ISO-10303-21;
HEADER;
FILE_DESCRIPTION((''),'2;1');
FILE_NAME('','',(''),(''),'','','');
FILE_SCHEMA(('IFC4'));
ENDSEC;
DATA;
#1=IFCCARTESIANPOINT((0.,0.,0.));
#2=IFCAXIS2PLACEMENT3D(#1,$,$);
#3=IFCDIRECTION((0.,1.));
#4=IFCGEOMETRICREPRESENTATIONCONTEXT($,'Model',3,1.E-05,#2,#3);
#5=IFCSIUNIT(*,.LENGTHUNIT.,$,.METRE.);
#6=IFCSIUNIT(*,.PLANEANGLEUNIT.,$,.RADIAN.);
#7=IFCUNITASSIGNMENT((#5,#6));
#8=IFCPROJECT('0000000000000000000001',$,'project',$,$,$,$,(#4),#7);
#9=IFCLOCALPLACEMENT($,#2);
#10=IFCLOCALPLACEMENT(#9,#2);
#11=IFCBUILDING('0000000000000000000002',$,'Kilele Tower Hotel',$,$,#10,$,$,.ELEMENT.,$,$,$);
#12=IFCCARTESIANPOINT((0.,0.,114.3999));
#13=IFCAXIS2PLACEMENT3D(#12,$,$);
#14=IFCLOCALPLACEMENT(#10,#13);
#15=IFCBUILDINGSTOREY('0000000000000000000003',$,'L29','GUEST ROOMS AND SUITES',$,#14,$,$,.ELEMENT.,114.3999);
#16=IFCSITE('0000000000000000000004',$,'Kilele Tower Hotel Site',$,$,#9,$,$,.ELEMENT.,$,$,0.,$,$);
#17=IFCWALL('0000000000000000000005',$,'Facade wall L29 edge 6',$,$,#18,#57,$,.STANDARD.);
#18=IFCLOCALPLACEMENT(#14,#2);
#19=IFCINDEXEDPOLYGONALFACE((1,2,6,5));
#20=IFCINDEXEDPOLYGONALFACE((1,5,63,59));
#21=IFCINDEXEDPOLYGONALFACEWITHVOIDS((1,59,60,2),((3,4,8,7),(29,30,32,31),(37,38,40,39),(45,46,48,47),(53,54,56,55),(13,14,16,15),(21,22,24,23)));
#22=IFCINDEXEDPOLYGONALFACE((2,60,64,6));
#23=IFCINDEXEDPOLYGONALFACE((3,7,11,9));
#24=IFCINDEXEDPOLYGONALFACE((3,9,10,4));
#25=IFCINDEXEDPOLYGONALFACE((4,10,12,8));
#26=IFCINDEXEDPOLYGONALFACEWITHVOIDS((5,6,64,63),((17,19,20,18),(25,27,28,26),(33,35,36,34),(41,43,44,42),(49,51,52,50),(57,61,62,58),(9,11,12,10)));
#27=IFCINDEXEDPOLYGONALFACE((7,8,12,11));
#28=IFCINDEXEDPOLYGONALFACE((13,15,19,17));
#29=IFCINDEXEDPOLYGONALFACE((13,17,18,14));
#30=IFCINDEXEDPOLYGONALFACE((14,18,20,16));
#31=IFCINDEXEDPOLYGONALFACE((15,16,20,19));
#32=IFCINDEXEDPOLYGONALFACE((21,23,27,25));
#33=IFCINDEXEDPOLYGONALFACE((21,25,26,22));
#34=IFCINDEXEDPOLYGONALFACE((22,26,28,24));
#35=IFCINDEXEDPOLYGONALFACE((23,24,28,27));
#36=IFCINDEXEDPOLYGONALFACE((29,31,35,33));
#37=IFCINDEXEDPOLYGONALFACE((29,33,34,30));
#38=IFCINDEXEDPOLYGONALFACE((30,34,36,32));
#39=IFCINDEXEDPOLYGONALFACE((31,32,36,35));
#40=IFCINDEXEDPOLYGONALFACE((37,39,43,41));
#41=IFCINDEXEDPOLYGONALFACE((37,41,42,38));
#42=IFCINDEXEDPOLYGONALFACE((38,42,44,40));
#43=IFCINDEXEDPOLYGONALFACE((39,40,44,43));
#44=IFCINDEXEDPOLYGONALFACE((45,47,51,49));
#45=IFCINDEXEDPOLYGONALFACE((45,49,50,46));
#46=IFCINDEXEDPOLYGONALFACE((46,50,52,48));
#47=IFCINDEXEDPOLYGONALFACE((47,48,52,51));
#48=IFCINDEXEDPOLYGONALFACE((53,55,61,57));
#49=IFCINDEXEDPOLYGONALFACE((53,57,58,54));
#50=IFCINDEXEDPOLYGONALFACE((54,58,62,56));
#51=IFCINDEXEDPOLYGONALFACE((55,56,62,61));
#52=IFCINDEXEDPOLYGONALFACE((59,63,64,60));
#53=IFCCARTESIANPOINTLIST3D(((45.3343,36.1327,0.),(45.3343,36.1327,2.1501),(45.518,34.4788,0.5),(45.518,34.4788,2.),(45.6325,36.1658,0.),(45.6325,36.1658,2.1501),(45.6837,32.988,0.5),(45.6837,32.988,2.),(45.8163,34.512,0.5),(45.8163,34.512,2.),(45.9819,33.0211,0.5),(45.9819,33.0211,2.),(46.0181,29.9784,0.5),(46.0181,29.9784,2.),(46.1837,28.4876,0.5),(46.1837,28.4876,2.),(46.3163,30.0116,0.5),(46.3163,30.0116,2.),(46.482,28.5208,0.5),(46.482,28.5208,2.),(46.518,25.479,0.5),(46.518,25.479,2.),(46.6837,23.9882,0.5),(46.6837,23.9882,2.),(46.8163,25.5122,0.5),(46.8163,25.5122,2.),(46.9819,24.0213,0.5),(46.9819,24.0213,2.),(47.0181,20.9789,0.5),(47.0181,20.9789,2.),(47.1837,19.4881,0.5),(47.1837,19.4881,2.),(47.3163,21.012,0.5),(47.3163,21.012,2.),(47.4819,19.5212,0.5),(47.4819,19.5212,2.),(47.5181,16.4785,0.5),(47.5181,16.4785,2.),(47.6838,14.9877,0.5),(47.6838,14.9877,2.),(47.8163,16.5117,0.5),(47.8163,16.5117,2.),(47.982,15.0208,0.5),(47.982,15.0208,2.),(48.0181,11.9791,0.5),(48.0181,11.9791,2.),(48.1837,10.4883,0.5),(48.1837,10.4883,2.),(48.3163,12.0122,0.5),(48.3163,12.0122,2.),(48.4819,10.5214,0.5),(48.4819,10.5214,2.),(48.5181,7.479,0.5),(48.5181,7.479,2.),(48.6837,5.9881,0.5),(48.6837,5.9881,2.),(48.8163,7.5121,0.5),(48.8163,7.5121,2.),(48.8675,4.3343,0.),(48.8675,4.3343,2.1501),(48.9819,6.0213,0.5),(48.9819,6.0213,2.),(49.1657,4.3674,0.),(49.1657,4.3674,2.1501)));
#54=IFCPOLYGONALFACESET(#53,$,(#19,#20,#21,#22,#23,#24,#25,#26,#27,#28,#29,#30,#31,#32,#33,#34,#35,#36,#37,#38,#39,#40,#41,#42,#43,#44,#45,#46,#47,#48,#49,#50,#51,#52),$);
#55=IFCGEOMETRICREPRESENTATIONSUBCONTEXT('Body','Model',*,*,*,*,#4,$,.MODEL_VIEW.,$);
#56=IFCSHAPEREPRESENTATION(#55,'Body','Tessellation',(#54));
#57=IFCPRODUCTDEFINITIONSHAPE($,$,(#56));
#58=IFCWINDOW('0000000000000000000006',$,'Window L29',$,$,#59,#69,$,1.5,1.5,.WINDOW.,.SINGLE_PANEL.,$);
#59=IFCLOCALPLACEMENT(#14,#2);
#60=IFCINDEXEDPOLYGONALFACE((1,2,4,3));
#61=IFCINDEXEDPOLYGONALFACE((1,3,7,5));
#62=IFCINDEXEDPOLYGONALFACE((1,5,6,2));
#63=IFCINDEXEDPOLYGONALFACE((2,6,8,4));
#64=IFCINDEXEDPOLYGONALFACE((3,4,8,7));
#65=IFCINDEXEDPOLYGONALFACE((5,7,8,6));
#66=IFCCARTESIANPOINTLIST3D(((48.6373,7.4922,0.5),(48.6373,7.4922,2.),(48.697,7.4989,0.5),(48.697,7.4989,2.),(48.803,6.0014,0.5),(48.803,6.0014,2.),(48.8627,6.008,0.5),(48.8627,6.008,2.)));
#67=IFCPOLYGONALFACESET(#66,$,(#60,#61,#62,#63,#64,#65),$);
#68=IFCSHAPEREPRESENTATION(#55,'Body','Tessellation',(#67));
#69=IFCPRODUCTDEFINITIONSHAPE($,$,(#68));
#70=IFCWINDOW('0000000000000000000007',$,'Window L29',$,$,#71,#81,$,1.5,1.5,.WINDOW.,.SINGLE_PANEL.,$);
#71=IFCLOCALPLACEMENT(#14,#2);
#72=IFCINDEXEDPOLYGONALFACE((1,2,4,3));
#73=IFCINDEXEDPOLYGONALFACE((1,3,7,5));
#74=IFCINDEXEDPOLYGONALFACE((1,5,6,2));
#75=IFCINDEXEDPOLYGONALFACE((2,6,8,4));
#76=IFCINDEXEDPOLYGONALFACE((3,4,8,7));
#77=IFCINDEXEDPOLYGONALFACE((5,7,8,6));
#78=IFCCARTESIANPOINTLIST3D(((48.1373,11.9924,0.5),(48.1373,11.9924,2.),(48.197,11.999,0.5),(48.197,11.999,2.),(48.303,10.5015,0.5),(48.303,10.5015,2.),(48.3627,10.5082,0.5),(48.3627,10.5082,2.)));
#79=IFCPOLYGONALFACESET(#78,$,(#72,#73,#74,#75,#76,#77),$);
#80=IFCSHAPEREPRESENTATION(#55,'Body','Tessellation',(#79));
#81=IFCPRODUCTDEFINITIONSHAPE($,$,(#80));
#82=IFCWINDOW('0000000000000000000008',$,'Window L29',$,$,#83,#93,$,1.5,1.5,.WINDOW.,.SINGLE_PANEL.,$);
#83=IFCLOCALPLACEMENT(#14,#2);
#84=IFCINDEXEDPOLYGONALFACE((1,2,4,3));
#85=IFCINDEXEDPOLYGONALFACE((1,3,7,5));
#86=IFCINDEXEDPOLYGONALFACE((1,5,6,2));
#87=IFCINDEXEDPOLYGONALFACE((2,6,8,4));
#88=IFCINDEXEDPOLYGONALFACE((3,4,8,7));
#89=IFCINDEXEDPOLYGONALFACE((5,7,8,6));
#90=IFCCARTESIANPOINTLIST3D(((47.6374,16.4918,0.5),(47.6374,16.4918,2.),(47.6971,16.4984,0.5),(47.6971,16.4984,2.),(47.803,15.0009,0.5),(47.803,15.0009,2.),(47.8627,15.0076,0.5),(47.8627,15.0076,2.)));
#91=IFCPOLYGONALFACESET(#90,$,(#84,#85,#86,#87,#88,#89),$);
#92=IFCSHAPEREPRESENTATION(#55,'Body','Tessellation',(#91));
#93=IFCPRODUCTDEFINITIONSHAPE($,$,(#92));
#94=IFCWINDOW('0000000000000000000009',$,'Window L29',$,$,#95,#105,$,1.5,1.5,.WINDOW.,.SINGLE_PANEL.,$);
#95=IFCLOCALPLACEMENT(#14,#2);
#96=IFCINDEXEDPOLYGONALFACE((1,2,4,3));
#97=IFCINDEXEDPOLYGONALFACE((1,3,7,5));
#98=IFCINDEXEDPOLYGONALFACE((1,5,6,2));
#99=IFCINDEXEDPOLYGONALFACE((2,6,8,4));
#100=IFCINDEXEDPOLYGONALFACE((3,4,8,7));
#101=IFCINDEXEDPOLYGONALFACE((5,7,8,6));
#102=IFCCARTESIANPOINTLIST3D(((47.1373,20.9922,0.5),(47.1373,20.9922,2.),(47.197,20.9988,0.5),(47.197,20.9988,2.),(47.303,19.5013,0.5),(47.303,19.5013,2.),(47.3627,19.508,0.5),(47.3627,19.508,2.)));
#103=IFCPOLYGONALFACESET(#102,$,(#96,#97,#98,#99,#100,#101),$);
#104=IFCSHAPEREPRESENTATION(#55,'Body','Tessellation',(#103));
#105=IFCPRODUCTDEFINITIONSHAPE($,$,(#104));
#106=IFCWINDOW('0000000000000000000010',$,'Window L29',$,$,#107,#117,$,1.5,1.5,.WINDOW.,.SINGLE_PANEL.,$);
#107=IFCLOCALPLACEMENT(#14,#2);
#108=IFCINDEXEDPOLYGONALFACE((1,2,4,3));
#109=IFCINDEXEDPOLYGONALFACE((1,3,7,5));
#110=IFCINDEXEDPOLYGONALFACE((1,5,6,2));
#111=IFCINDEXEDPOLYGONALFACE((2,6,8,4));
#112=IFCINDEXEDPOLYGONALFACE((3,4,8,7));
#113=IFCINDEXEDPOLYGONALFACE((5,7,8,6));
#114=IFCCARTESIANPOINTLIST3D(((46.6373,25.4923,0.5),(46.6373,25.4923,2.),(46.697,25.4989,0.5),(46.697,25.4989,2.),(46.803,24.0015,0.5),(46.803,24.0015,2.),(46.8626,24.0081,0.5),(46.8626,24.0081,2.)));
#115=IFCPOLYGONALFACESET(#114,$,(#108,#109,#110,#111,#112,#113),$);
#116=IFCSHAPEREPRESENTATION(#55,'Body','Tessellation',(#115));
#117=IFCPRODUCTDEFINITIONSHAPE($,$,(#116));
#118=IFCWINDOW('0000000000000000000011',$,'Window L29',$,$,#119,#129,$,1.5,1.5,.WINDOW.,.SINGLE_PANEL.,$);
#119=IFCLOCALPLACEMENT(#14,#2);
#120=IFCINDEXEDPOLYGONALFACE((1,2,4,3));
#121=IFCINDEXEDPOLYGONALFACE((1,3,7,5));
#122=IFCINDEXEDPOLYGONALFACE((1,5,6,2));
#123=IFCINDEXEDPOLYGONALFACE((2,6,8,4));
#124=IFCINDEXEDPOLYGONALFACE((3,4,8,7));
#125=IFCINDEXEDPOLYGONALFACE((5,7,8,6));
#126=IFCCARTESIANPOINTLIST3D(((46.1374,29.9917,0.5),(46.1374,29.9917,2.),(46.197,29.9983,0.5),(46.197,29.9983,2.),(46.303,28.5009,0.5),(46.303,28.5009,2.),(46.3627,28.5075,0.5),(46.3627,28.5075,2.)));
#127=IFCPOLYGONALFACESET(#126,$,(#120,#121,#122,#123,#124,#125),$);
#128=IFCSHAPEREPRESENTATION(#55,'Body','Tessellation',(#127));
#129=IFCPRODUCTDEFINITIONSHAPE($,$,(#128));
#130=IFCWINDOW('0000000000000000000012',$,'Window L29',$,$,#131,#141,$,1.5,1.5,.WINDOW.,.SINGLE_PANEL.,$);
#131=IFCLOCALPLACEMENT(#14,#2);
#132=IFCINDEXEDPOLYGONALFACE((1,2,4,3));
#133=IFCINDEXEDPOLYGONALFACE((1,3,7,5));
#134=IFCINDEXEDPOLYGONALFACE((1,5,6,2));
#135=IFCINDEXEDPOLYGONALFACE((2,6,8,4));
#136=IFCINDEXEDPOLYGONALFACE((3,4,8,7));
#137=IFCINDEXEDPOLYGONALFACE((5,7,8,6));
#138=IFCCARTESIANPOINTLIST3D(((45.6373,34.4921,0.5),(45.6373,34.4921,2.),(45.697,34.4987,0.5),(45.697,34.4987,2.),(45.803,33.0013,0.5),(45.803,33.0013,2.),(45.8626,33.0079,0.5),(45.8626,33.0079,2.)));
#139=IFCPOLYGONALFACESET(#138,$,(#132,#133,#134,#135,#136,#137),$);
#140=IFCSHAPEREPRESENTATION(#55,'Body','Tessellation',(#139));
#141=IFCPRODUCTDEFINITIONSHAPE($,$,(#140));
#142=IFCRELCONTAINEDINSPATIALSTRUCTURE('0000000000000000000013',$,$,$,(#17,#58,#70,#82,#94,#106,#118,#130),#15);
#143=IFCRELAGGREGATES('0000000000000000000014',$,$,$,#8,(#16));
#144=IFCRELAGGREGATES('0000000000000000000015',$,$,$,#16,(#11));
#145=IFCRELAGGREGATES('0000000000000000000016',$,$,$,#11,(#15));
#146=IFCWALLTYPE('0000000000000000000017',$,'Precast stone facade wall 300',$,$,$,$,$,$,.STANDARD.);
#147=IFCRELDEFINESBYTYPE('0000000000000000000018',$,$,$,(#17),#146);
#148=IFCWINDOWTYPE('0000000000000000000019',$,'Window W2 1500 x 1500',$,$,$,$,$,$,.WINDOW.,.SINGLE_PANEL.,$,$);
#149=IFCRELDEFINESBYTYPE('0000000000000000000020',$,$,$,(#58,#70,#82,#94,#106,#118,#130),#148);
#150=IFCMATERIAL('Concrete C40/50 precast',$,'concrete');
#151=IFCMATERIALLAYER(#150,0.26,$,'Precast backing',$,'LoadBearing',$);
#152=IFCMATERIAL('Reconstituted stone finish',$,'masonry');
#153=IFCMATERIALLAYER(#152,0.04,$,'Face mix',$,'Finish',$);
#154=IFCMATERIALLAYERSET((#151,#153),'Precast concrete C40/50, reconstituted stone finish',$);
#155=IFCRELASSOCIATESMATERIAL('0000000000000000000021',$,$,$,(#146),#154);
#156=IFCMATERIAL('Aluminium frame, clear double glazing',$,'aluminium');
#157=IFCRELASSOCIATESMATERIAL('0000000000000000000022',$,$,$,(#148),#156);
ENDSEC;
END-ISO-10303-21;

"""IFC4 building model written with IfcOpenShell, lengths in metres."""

from ifc_helpers import new_model, si_unit, direction, frame, frame_2d, origin, place, context, subcontext, project, spatial, rectangle, extrude, material, layer, layer_set, type_object, element, fill, save


model = new_model("IFC4")

# Units and contexts
model_context = context("Model", 3, precision=1e-05, world=origin(), true_north=direction((0.0, 1.0)))
body_context = subcontext(model_context, "Body", "Model", "MODEL_VIEW")
ifc_project = project(units=[si_unit("LENGTHUNIT", "METRE"), si_unit("PLANEANGLEUNIT", "RADIAN")], contexts=[model_context])

# Site, building, storey
site_placement = place(None, origin())
site = spatial("IfcSite", under=ifc_project, at=site_placement, Name="Kilele Tower Hotel Site", CompositionType="ELEMENT", RefElevation=0.0)
building_placement = place(site_placement, origin())
building = spatial("IfcBuilding", under=site, at=building_placement, Name="Kilele Tower Hotel", CompositionType="ELEMENT")
storey_placement = place(building_placement, frame((0.0, 0.0, 114.3999)))
storey = spatial("IfcBuildingStorey", under=building, at=storey_placement, Name="L29", Description="GUEST ROOMS AND SUITES", CompositionType="ELEMENT", Elevation=114.3999)

# Shared definitions
ifc_material_1 = material(Name="Concrete C40/50 precast", Category="concrete")
ifc_layer_1 = layer(ifc_material_1, 0.26, Name="Precast backing", Category="LoadBearing")
ifc_material_2 = material(Name="Reconstituted stone finish", Category="masonry")
ifc_layer_2 = layer(ifc_material_2, 0.04, Name="Face mix", Category="Finish")
ifc_layer_set_1 = layer_set([ifc_layer_1, ifc_layer_2], Name="Precast concrete C40/50, reconstituted stone finish")
wall_type_1 = type_object("IfcWallType", Name="Precast stone facade wall 300", PredefinedType="STANDARD", material=ifc_layer_set_1)
ifc_material_3 = material(Name="Aluminium frame, clear double glazing", Category="aluminium")
window_type = type_object("IfcWindowType", Name="Window W2 1500 x 1500", PartitioningType="SINGLE_PANEL", PredefinedType="WINDOW", material=ifc_material_3)

# Wall, openings, windows
wall_1_placement = place(storey_placement, frame((49.0166, 4.3508, 0.0), z_axis=(0.0, 0.0, 1.0), x_axis=(-0.110433, 0.993884, 0.0)))
wall_1 = element("IfcWall", 1, at=wall_1_placement, inside=storey, type_object=wall_type_1, Name="Facade wall L29 edge 6", PredefinedType="STANDARD", context=body_context, shape_type="SweptSolid", body=[
    extrude(rectangle(XDim=31.9941, YDim=0.3, at=frame_2d((15.9971, 0.0))), origin(), (0.0, 0.0, 1.0), 2.1501),
])
opening_1_placement = place(wall_1_placement, frame((1.6641, 0.0, 0.5)))
opening_1 = element("IfcOpeningElement", 2, at=opening_1_placement, cuts=wall_1, PredefinedType="OPENING", context=body_context, shape_type="SweptSolid", body=[
    extrude(rectangle(XDim=1.5, YDim=1.5, at=frame_2d((0.75, 0.75))), frame((0.0, 0.1599, 0.0), z_axis=(0.0, -1.0, 0.0), x_axis=(1.0, 0.0, 0.0)), (0.0, 0.0, 1.0), 0.3201),
])
opening_2_placement = place(wall_1_placement, frame((6.1919, 0.0, 0.5)))
opening_2 = element("IfcOpeningElement", 3, at=opening_2_placement, cuts=wall_1, PredefinedType="OPENING", context=body_context, shape_type="SweptSolid", body=[
    extrude(rectangle(XDim=1.5, YDim=1.5, at=frame_2d((0.75, 0.75))), frame((0.0, 0.1599, 0.0), z_axis=(0.0, -1.0, 0.0), x_axis=(1.0, 0.0, 0.0)), (0.0, 0.0, 1.0), 0.3201),
])
opening_3_placement = place(wall_1_placement, frame((10.719, 0.0, 0.5)))
opening_3 = element("IfcOpeningElement", 4, at=opening_3_placement, cuts=wall_1, PredefinedType="OPENING", context=body_context, shape_type="SweptSolid", body=[
    extrude(rectangle(XDim=1.5, YDim=1.5, at=frame_2d((0.75, 0.75))), frame((0.0, 0.1599, 0.0), z_axis=(0.0, -1.0, 0.0), x_axis=(1.0, 0.0, 0.0)), (0.0, 0.0, 1.0), 0.3201),
])
opening_4_placement = place(wall_1_placement, frame((15.2471, 0.0, 0.5)))
opening_4 = element("IfcOpeningElement", 5, at=opening_4_placement, cuts=wall_1, PredefinedType="OPENING", context=body_context, shape_type="SweptSolid", body=[
    extrude(rectangle(XDim=1.5, YDim=1.5, at=frame_2d((0.75, 0.75))), frame((0.0, 0.1599, 0.0), z_axis=(0.0, -1.0, 0.0), x_axis=(1.0, 0.0, 0.0)), (0.0, 0.0, 1.0), 0.3201),
])
opening_5_placement = place(wall_1_placement, frame((19.7749, 0.0, 0.5)))
opening_5 = element("IfcOpeningElement", 6, at=opening_5_placement, cuts=wall_1, PredefinedType="OPENING", context=body_context, shape_type="SweptSolid", body=[
    extrude(rectangle(XDim=1.5, YDim=1.5, at=frame_2d((0.75, 0.75))), frame((0.0, 0.1599, 0.0), z_axis=(0.0, -1.0, 0.0), x_axis=(1.0, 0.0, 0.0)), (0.0, 0.0, 1.0), 0.3201),
])
opening_6_placement = place(wall_1_placement, frame((24.302, 0.0, 0.5)))
opening_6 = element("IfcOpeningElement", 7, at=opening_6_placement, cuts=wall_1, PredefinedType="OPENING", context=body_context, shape_type="SweptSolid", body=[
    extrude(rectangle(XDim=1.5, YDim=1.5, at=frame_2d((0.75, 0.75))), frame((0.0, 0.1599, 0.0), z_axis=(0.0, -1.0, 0.0), x_axis=(1.0, 0.0, 0.0)), (0.0, 0.0, 1.0), 0.3201),
])
opening_7_placement = place(wall_1_placement, frame((28.8301, 0.0, 0.5)))
opening_7 = element("IfcOpeningElement", 8, at=opening_7_placement, cuts=wall_1, PredefinedType="OPENING", context=body_context, shape_type="SweptSolid", body=[
    extrude(rectangle(XDim=1.5, YDim=1.5, at=frame_2d((0.75, 0.75))), frame((0.0, 0.1599, 0.0), z_axis=(0.0, -1.0, 0.0), x_axis=(1.0, 0.0, 0.0)), (0.0, 0.0, 1.0), 0.3201),
])
window_1_placement = place(opening_1_placement, origin())
window_1 = element("IfcWindow", 9, at=window_1_placement, inside=storey, type_object=window_type, Name="Window L29", OverallHeight=1.5, OverallWidth=1.5, PartitioningType="SINGLE_PANEL", PredefinedType="WINDOW", context=body_context, shape_type="SweptSolid", body=[
    extrude(rectangle(XDim=1.5, YDim=1.5, at=frame_2d((0.75, 0.75))), frame((0.0, 0.03, 0.0), z_axis=(0.0, -1.0, 0.0), x_axis=(1.0, 0.0, 0.0)), (0.0, 0.0, 1.0), 0.0601),
])
fill(opening_1, window_1)
window_2_placement = place(opening_2_placement, origin())
window_2 = element("IfcWindow", 10, at=window_2_placement, inside=storey, type_object=window_type, Name="Window L29", OverallHeight=1.5, OverallWidth=1.5, PartitioningType="SINGLE_PANEL", PredefinedType="WINDOW", context=body_context, shape_type="SweptSolid", body=[
    extrude(rectangle(XDim=1.5, YDim=1.5, at=frame_2d((0.75, 0.75))), frame((0.0, 0.03, 0.0), z_axis=(0.0, -1.0, 0.0), x_axis=(1.0, 0.0, 0.0)), (0.0, 0.0, 1.0), 0.0601),
])
fill(opening_2, window_2)
window_3_placement = place(opening_3_placement, origin())
window_3 = element("IfcWindow", 11, at=window_3_placement, inside=storey, type_object=window_type, Name="Window L29", OverallHeight=1.5, OverallWidth=1.5, PartitioningType="SINGLE_PANEL", PredefinedType="WINDOW", context=body_context, shape_type="SweptSolid", body=[
    extrude(rectangle(XDim=1.5, YDim=1.5, at=frame_2d((0.75, 0.75))), frame((0.0, 0.03, 0.0), z_axis=(0.0, -1.0, 0.0), x_axis=(1.0, 0.0, 0.0)), (0.0, 0.0, 1.0), 0.0601),
])
fill(opening_3, window_3)
window_4_placement = place(opening_4_placement, origin())
window_4 = element("IfcWindow", 12, at=window_4_placement, inside=storey, type_object=window_type, Name="Window L29", OverallHeight=1.5, OverallWidth=1.5, PartitioningType="SINGLE_PANEL", PredefinedType="WINDOW", context=body_context, shape_type="SweptSolid", body=[
    extrude(rectangle(XDim=1.5, YDim=1.5, at=frame_2d((0.75, 0.75))), frame((0.0, 0.03, 0.0), z_axis=(0.0, -1.0, 0.0), x_axis=(1.0, 0.0, 0.0)), (0.0, 0.0, 1.0), 0.0601),
])
fill(opening_4, window_4)
window_5_placement = place(opening_5_placement, origin())
window_5 = element("IfcWindow", 13, at=window_5_placement, inside=storey, type_object=window_type, Name="Window L29", OverallHeight=1.5, OverallWidth=1.5, PartitioningType="SINGLE_PANEL", PredefinedType="WINDOW", context=body_context, shape_type="SweptSolid", body=[
    extrude(rectangle(XDim=1.5, YDim=1.5, at=frame_2d((0.75, 0.75))), frame((0.0, 0.03, 0.0), z_axis=(0.0, -1.0, 0.0), x_axis=(1.0, 0.0, 0.0)), (0.0, 0.0, 1.0), 0.0601),
])
fill(opening_5, window_5)
window_6_placement = place(opening_6_placement, origin())
window_6 = element("IfcWindow", 14, at=window_6_placement, inside=storey, type_object=window_type, Name="Window L29", OverallHeight=1.5, OverallWidth=1.5, PartitioningType="SINGLE_PANEL", PredefinedType="WINDOW", context=body_context, shape_type="SweptSolid", body=[
    extrude(rectangle(XDim=1.5, YDim=1.5, at=frame_2d((0.75, 0.75))), frame((0.0, 0.03, 0.0), z_axis=(0.0, -1.0, 0.0), x_axis=(1.0, 0.0, 0.0)), (0.0, 0.0, 1.0), 0.0601),
])
fill(opening_6, window_6)
window_7_placement = place(opening_7_placement, origin())
window_7 = element("IfcWindow", 15, at=window_7_placement, inside=storey, type_object=window_type, Name="Window L29", OverallHeight=1.5, OverallWidth=1.5, PartitioningType="SINGLE_PANEL", PredefinedType="WINDOW", context=body_context, shape_type="SweptSolid", body=[
    extrude(rectangle(XDim=1.5, YDim=1.5, at=frame_2d((0.75, 0.75))), frame((0.0, 0.03, 0.0), z_axis=(0.0, -1.0, 0.0), x_axis=(1.0, 0.0, 0.0)), (0.0, 0.0, 1.0), 0.0601),
])
fill(opening_7, window_7)

save(model, "model.ifc")
